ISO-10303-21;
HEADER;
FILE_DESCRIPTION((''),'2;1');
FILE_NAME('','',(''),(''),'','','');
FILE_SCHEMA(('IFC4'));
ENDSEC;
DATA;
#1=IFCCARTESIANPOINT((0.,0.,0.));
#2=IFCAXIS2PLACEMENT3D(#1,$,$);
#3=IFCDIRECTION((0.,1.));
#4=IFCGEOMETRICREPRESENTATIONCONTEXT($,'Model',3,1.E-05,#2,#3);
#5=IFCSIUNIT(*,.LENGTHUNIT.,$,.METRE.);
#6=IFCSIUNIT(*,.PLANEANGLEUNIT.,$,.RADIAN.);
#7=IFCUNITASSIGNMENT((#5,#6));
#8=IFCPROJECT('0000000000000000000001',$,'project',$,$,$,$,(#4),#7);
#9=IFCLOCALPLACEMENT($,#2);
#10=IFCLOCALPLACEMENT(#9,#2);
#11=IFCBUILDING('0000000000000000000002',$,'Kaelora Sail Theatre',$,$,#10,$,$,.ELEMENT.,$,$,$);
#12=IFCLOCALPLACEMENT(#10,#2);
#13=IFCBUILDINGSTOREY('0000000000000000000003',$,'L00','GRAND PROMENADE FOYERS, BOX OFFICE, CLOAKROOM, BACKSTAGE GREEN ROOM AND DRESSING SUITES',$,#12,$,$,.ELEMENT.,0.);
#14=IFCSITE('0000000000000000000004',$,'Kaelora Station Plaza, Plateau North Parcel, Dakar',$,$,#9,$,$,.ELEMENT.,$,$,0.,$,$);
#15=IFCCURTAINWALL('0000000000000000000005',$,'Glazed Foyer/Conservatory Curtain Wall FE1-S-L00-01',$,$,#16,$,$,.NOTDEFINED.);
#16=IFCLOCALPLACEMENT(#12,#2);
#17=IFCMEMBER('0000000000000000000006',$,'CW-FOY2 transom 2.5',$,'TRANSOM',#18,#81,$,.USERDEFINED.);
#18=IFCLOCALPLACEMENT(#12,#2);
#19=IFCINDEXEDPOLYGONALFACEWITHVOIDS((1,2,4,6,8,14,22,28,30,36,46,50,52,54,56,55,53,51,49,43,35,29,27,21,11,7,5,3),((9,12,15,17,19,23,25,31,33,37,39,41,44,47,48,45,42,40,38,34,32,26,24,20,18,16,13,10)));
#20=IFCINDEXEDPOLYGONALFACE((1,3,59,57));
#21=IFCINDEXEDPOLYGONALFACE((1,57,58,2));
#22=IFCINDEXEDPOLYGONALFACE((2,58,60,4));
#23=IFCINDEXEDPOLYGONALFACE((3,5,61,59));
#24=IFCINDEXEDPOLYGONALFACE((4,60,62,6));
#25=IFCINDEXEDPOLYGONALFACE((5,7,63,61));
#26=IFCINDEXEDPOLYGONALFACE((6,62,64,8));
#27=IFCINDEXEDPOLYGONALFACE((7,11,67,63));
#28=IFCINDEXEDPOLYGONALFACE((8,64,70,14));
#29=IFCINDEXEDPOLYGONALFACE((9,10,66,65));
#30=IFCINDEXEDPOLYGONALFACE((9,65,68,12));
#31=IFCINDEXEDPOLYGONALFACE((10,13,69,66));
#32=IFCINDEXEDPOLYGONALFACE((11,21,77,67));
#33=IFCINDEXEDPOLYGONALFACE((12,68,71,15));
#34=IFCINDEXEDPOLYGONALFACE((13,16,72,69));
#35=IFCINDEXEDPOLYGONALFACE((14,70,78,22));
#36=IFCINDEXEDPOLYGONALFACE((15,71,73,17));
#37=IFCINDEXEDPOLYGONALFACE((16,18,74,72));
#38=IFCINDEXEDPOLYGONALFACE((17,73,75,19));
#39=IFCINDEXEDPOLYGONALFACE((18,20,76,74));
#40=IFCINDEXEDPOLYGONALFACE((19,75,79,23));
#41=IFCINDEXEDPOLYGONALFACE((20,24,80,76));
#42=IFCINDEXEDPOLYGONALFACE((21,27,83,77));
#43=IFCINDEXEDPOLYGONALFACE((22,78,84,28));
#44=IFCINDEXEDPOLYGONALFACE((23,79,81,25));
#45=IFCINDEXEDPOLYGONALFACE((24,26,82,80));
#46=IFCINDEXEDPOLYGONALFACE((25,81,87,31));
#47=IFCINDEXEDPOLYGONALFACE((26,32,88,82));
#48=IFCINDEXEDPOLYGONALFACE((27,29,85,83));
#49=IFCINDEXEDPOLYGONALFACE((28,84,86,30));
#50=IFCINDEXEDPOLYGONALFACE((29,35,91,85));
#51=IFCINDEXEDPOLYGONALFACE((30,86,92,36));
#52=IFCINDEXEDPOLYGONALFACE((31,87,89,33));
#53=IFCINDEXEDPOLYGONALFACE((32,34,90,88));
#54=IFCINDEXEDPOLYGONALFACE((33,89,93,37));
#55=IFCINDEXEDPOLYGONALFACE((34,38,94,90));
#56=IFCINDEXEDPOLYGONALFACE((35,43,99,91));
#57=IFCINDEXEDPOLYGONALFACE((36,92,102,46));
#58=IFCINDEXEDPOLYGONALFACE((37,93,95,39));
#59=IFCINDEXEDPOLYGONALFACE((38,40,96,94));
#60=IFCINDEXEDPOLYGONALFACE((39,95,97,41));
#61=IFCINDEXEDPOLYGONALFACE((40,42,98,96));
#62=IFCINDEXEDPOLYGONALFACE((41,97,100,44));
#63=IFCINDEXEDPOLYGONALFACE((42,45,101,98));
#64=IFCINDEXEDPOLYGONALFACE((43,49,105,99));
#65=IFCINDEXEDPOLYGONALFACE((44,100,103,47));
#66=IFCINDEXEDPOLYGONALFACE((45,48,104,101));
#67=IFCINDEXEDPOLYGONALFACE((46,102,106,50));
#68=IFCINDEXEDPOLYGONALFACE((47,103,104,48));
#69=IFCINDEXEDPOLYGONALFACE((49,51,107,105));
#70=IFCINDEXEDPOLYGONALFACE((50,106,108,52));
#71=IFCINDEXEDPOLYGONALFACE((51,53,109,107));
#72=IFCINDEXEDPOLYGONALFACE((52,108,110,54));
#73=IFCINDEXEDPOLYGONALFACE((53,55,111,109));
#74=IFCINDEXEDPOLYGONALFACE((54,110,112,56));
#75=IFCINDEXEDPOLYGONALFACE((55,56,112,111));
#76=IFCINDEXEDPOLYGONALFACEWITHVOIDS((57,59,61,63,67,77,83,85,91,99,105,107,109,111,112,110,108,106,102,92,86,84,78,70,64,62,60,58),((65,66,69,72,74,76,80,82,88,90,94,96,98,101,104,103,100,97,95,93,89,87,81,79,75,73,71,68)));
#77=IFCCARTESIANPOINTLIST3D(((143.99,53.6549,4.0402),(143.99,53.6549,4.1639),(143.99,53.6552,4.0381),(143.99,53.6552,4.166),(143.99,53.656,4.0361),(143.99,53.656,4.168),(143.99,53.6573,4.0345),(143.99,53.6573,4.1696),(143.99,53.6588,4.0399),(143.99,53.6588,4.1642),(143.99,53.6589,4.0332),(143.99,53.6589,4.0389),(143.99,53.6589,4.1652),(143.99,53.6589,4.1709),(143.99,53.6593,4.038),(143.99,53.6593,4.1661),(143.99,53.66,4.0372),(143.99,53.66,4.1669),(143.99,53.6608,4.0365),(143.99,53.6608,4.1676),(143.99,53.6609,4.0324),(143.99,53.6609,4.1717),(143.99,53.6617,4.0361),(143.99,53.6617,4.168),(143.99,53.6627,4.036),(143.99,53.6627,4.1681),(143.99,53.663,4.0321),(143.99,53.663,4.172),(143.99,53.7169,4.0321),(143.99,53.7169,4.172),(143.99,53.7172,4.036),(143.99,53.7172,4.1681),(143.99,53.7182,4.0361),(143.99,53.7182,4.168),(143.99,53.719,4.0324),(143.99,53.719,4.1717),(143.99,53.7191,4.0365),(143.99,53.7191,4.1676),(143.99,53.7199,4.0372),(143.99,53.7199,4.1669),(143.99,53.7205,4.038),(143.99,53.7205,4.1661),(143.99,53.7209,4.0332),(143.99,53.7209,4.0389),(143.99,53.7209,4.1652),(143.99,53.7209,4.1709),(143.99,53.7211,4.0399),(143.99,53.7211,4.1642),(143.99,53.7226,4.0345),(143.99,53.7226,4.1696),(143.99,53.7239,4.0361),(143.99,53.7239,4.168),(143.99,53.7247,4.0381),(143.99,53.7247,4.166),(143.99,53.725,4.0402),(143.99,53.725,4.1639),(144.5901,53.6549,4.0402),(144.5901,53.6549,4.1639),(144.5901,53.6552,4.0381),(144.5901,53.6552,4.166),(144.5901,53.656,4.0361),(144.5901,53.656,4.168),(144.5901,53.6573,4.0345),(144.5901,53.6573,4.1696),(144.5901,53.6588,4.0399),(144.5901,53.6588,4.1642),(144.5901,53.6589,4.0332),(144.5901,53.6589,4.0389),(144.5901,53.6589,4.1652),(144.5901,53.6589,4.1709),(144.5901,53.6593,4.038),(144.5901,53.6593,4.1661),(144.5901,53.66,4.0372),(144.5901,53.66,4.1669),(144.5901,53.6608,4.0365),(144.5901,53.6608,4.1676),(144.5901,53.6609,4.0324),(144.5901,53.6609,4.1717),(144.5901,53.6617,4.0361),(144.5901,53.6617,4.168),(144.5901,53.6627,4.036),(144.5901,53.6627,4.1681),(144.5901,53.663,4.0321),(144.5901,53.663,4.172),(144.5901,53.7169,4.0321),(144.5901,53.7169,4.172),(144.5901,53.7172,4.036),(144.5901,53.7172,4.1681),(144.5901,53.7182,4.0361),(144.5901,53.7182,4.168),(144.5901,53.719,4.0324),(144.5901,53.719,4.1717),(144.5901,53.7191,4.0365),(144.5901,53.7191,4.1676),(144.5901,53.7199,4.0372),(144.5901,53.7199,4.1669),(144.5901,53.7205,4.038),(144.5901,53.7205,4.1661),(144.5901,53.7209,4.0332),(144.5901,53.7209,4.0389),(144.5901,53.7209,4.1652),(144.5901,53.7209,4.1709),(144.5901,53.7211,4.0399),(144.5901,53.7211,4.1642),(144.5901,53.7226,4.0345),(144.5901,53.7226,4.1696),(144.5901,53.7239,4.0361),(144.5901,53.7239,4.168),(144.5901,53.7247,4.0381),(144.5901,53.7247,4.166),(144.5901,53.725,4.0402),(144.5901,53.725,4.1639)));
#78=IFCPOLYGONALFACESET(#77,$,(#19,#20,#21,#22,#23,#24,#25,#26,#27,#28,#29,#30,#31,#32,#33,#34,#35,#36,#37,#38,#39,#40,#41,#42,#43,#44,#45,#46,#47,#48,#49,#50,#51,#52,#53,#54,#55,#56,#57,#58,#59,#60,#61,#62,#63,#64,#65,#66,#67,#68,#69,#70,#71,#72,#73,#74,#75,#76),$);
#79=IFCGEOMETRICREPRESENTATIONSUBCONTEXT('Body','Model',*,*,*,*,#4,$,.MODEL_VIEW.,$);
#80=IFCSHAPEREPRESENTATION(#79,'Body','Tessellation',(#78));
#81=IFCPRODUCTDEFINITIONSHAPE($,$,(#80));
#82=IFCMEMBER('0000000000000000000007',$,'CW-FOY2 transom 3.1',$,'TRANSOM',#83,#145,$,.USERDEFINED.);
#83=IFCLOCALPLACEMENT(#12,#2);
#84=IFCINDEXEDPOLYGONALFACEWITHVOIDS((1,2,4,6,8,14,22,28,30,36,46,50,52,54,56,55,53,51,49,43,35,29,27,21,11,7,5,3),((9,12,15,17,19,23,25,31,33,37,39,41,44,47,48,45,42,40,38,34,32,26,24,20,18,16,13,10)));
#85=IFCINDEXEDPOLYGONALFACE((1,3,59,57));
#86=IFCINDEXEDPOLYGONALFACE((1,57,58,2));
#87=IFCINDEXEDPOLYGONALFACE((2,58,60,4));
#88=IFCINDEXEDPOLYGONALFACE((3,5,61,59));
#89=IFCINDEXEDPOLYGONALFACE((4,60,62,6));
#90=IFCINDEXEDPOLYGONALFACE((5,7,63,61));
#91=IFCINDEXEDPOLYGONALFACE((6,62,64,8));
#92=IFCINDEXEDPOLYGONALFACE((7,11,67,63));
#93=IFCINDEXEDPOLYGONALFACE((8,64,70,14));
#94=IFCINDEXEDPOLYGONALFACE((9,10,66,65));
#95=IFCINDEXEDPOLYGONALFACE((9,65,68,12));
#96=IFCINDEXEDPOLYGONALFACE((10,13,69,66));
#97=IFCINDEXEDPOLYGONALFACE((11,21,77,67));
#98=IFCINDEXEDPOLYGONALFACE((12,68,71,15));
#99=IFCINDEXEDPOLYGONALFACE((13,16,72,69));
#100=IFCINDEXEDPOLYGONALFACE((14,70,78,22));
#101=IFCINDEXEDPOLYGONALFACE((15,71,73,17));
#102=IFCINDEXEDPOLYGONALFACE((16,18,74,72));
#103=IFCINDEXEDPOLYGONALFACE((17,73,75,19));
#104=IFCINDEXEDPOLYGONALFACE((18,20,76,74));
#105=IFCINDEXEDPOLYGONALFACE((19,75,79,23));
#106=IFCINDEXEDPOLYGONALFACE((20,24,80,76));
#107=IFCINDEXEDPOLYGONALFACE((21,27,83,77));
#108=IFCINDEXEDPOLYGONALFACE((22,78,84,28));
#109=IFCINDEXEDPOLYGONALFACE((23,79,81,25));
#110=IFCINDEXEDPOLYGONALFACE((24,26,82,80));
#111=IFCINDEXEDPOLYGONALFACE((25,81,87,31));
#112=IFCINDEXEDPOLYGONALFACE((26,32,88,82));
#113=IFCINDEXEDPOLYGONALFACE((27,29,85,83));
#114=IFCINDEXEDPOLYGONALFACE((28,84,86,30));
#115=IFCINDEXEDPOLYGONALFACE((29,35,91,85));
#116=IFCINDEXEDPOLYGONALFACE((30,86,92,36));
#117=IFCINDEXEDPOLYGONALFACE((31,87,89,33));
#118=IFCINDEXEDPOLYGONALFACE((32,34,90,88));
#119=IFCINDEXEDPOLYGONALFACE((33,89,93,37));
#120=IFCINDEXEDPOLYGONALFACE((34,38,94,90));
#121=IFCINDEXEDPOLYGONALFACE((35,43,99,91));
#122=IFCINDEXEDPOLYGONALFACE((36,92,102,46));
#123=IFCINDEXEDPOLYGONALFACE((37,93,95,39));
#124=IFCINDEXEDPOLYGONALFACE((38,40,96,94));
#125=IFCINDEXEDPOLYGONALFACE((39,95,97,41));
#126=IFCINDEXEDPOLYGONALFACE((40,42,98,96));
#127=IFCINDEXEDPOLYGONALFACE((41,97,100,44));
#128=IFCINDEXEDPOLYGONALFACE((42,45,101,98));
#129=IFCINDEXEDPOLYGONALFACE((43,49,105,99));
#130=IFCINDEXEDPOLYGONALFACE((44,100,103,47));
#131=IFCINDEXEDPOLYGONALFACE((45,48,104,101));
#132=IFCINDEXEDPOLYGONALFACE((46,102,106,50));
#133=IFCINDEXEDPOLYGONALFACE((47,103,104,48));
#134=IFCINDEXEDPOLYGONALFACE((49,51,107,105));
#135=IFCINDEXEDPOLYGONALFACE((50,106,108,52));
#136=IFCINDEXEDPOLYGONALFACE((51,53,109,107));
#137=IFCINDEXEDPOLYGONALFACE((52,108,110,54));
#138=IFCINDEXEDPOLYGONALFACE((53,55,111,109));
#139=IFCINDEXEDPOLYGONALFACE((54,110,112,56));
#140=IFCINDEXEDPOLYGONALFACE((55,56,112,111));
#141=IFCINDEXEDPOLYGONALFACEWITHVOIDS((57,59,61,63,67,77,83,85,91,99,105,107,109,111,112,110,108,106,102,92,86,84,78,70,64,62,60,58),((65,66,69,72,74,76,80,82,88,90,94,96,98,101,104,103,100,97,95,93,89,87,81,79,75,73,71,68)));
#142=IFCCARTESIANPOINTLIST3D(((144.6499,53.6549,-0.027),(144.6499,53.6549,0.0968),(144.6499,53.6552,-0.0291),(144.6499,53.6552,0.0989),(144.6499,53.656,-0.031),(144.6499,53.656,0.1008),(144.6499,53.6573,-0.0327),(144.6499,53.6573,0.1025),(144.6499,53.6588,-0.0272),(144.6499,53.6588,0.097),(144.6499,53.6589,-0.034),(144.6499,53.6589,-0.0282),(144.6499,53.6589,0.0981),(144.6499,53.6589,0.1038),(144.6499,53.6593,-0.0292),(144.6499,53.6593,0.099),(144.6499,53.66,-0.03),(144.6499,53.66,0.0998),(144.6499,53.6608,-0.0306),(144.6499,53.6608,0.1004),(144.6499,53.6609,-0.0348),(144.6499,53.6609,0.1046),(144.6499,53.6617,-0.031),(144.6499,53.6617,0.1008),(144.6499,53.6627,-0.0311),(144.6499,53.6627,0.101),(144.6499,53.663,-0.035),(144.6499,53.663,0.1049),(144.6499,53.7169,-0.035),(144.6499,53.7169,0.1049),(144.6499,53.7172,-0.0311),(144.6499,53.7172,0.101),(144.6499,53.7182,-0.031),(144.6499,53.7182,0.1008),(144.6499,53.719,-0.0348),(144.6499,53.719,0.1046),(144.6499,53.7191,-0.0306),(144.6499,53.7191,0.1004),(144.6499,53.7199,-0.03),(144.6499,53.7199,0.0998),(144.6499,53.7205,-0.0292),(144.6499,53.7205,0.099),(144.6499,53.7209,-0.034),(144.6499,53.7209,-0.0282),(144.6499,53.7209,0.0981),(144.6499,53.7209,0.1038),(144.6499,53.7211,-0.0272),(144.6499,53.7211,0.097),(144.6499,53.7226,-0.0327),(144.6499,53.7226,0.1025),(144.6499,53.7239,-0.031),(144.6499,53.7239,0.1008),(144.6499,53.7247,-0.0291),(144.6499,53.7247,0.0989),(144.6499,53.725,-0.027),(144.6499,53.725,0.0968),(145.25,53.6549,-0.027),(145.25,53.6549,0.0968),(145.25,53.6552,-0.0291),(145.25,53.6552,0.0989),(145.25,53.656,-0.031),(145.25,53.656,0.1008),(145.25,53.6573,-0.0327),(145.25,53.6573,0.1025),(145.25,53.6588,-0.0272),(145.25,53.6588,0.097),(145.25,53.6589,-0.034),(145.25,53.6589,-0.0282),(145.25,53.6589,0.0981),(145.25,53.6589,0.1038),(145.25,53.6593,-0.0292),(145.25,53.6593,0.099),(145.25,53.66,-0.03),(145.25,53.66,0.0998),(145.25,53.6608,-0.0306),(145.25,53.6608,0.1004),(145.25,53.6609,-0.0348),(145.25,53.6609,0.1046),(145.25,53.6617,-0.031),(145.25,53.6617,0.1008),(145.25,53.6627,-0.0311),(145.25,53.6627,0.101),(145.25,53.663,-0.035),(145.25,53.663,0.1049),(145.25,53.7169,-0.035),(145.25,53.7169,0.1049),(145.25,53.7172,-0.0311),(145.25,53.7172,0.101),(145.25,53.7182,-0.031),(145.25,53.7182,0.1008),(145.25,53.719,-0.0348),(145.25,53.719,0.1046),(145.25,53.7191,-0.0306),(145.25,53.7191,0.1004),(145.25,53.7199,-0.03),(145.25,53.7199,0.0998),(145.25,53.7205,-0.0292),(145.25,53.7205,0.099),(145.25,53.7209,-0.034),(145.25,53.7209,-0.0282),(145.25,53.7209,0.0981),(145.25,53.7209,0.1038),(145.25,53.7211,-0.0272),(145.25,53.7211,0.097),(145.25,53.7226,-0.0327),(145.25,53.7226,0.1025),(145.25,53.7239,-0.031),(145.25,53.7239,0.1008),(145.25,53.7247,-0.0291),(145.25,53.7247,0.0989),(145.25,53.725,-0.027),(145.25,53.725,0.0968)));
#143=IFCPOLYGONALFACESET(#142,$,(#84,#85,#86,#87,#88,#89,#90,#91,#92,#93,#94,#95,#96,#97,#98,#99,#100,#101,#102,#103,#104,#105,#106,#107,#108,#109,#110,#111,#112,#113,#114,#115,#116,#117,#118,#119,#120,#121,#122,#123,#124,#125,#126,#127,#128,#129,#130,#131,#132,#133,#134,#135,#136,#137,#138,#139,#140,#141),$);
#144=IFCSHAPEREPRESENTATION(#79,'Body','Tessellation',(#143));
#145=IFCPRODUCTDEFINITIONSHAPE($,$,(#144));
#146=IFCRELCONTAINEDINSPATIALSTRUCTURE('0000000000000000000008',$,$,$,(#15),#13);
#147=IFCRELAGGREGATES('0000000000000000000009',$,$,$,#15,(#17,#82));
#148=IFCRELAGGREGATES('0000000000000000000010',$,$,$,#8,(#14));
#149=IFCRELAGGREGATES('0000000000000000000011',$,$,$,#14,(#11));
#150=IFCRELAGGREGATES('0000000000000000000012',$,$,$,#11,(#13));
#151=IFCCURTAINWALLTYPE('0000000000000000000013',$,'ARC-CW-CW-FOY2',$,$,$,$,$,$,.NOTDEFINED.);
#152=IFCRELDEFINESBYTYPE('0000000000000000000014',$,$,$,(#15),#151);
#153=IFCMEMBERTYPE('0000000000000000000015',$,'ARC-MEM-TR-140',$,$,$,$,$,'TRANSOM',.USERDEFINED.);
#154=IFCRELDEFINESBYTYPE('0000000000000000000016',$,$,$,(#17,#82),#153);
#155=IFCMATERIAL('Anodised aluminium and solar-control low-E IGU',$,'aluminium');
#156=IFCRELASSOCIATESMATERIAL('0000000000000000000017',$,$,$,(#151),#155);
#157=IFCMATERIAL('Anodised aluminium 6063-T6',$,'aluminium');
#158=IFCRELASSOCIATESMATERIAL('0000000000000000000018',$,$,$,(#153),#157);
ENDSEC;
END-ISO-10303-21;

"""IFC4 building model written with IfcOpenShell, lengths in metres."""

from ifc_helpers import new_model, si_unit, direction, frame, origin, origin_2d, place, context, subcontext, project, spatial, hollow_rectangle, extrude, material, material_profile, profile_set, type_object, element, aggregate, save


model = new_model("IFC4")

# Units and contexts
model_context = context("Model", 3, precision=1e-05, world=origin(), true_north=direction((0.0, 1.0)))
body_context = subcontext(model_context, "Body", "Model", "MODEL_VIEW")
ifc_project = project(units=[si_unit("LENGTHUNIT", "METRE"), si_unit("PLANEANGLEUNIT", "RADIAN")], contexts=[model_context])

# Site, building, storey
site_placement = place(None, origin())
site = spatial("IfcSite", under=ifc_project, at=site_placement, Name="Kaelora Station Plaza, Plateau North Parcel, Dakar", CompositionType="ELEMENT", RefElevation=0.0)
building_placement = place(site_placement, origin())
building = spatial("IfcBuilding", under=site, at=building_placement, Name="Kaelora Sail Theatre", CompositionType="ELEMENT")
storey_placement = place(building_placement, origin())
storey = spatial("IfcBuildingStorey", under=building, at=storey_placement, Name="L00", Description="GRAND PROMENADE FOYERS, BOX OFFICE, CLOAKROOM, BACKSTAGE GREEN ROOM AND DRESSING SUITES", CompositionType="ELEMENT", Elevation=0.0)

# Curtain wall, members
ifc_material_1 = material(Name="Anodised aluminium and solar-control low-E IGU", Category="aluminium")
curtain_wall_type = type_object("IfcCurtainWallType", Name="ARC-CW-CW-FOY2", PredefinedType="NOTDEFINED", material=ifc_material_1)
curtain_wall_placement = place(storey_placement, origin())
curtain_wall = element("IfcCurtainWall", 1, at=curtain_wall_placement, inside=storey, type_object=curtain_wall_type, Name="Glazed Foyer/Conservatory Curtain Wall FE1-S-L00-01", PredefinedType="NOTDEFINED")
ifc_material_2 = material(Name="Anodised aluminium 6063-T6", Category="aluminium")
ifc_material_profile_1 = material_profile(ifc_material_2, hollow_rectangle(XDim=0.0701, YDim=0.1399, WallThickness=0.0039, InnerFilletRadius=0.0039, OuterFilletRadius=0.0081, at=origin_2d()), Name="ALU-TRAN 70x140x4")
ifc_profile_set_1 = profile_set([ifc_material_profile_1], Name="Anodised aluminium 6063-T6")
member_type_1 = type_object("IfcMemberType", Name="ARC-MEM-TR-140", ElementType="TRANSOM", PredefinedType="USERDEFINED", material=ifc_profile_set_1)
member_1_placement = place(storey_placement, frame((143.99, 53.6899, 4.1021), z_axis=(1.0, 0.0, 0.0), x_axis=(0.0, 1.0, 0.0)))
member_1 = element("IfcMember", 2, at=member_1_placement, type_object=member_type_1, Name="CW-FOY2 transom 2.5", ObjectType="TRANSOM", PredefinedType="USERDEFINED", context=body_context, shape_type="SweptSolid", body=[
    extrude(hollow_rectangle(XDim=0.0701, YDim=0.1399, WallThickness=0.0039, InnerFilletRadius=0.0039, OuterFilletRadius=0.0081, at=origin_2d()), origin(), (0.0, 0.0, 1.0), 0.6001),
])
member_2_placement = place(storey_placement, frame((144.6499, 53.6899, 0.0349), z_axis=(1.0, 0.0, 0.0), x_axis=(0.0, 1.0, 0.0)))
member_2 = element("IfcMember", 3, at=member_2_placement, type_object=member_type_1, Name="CW-FOY2 transom 3.1", ObjectType="TRANSOM", PredefinedType="USERDEFINED", context=body_context, shape_type="SweptSolid", body=[
    extrude(hollow_rectangle(XDim=0.0701, YDim=0.1399, WallThickness=0.0039, InnerFilletRadius=0.0039, OuterFilletRadius=0.0081, at=origin_2d()), origin(), (0.0, 0.0, 1.0), 0.6001),
])

aggregate(curtain_wall, [member_1, member_2])

save(model, "model.ifc")
